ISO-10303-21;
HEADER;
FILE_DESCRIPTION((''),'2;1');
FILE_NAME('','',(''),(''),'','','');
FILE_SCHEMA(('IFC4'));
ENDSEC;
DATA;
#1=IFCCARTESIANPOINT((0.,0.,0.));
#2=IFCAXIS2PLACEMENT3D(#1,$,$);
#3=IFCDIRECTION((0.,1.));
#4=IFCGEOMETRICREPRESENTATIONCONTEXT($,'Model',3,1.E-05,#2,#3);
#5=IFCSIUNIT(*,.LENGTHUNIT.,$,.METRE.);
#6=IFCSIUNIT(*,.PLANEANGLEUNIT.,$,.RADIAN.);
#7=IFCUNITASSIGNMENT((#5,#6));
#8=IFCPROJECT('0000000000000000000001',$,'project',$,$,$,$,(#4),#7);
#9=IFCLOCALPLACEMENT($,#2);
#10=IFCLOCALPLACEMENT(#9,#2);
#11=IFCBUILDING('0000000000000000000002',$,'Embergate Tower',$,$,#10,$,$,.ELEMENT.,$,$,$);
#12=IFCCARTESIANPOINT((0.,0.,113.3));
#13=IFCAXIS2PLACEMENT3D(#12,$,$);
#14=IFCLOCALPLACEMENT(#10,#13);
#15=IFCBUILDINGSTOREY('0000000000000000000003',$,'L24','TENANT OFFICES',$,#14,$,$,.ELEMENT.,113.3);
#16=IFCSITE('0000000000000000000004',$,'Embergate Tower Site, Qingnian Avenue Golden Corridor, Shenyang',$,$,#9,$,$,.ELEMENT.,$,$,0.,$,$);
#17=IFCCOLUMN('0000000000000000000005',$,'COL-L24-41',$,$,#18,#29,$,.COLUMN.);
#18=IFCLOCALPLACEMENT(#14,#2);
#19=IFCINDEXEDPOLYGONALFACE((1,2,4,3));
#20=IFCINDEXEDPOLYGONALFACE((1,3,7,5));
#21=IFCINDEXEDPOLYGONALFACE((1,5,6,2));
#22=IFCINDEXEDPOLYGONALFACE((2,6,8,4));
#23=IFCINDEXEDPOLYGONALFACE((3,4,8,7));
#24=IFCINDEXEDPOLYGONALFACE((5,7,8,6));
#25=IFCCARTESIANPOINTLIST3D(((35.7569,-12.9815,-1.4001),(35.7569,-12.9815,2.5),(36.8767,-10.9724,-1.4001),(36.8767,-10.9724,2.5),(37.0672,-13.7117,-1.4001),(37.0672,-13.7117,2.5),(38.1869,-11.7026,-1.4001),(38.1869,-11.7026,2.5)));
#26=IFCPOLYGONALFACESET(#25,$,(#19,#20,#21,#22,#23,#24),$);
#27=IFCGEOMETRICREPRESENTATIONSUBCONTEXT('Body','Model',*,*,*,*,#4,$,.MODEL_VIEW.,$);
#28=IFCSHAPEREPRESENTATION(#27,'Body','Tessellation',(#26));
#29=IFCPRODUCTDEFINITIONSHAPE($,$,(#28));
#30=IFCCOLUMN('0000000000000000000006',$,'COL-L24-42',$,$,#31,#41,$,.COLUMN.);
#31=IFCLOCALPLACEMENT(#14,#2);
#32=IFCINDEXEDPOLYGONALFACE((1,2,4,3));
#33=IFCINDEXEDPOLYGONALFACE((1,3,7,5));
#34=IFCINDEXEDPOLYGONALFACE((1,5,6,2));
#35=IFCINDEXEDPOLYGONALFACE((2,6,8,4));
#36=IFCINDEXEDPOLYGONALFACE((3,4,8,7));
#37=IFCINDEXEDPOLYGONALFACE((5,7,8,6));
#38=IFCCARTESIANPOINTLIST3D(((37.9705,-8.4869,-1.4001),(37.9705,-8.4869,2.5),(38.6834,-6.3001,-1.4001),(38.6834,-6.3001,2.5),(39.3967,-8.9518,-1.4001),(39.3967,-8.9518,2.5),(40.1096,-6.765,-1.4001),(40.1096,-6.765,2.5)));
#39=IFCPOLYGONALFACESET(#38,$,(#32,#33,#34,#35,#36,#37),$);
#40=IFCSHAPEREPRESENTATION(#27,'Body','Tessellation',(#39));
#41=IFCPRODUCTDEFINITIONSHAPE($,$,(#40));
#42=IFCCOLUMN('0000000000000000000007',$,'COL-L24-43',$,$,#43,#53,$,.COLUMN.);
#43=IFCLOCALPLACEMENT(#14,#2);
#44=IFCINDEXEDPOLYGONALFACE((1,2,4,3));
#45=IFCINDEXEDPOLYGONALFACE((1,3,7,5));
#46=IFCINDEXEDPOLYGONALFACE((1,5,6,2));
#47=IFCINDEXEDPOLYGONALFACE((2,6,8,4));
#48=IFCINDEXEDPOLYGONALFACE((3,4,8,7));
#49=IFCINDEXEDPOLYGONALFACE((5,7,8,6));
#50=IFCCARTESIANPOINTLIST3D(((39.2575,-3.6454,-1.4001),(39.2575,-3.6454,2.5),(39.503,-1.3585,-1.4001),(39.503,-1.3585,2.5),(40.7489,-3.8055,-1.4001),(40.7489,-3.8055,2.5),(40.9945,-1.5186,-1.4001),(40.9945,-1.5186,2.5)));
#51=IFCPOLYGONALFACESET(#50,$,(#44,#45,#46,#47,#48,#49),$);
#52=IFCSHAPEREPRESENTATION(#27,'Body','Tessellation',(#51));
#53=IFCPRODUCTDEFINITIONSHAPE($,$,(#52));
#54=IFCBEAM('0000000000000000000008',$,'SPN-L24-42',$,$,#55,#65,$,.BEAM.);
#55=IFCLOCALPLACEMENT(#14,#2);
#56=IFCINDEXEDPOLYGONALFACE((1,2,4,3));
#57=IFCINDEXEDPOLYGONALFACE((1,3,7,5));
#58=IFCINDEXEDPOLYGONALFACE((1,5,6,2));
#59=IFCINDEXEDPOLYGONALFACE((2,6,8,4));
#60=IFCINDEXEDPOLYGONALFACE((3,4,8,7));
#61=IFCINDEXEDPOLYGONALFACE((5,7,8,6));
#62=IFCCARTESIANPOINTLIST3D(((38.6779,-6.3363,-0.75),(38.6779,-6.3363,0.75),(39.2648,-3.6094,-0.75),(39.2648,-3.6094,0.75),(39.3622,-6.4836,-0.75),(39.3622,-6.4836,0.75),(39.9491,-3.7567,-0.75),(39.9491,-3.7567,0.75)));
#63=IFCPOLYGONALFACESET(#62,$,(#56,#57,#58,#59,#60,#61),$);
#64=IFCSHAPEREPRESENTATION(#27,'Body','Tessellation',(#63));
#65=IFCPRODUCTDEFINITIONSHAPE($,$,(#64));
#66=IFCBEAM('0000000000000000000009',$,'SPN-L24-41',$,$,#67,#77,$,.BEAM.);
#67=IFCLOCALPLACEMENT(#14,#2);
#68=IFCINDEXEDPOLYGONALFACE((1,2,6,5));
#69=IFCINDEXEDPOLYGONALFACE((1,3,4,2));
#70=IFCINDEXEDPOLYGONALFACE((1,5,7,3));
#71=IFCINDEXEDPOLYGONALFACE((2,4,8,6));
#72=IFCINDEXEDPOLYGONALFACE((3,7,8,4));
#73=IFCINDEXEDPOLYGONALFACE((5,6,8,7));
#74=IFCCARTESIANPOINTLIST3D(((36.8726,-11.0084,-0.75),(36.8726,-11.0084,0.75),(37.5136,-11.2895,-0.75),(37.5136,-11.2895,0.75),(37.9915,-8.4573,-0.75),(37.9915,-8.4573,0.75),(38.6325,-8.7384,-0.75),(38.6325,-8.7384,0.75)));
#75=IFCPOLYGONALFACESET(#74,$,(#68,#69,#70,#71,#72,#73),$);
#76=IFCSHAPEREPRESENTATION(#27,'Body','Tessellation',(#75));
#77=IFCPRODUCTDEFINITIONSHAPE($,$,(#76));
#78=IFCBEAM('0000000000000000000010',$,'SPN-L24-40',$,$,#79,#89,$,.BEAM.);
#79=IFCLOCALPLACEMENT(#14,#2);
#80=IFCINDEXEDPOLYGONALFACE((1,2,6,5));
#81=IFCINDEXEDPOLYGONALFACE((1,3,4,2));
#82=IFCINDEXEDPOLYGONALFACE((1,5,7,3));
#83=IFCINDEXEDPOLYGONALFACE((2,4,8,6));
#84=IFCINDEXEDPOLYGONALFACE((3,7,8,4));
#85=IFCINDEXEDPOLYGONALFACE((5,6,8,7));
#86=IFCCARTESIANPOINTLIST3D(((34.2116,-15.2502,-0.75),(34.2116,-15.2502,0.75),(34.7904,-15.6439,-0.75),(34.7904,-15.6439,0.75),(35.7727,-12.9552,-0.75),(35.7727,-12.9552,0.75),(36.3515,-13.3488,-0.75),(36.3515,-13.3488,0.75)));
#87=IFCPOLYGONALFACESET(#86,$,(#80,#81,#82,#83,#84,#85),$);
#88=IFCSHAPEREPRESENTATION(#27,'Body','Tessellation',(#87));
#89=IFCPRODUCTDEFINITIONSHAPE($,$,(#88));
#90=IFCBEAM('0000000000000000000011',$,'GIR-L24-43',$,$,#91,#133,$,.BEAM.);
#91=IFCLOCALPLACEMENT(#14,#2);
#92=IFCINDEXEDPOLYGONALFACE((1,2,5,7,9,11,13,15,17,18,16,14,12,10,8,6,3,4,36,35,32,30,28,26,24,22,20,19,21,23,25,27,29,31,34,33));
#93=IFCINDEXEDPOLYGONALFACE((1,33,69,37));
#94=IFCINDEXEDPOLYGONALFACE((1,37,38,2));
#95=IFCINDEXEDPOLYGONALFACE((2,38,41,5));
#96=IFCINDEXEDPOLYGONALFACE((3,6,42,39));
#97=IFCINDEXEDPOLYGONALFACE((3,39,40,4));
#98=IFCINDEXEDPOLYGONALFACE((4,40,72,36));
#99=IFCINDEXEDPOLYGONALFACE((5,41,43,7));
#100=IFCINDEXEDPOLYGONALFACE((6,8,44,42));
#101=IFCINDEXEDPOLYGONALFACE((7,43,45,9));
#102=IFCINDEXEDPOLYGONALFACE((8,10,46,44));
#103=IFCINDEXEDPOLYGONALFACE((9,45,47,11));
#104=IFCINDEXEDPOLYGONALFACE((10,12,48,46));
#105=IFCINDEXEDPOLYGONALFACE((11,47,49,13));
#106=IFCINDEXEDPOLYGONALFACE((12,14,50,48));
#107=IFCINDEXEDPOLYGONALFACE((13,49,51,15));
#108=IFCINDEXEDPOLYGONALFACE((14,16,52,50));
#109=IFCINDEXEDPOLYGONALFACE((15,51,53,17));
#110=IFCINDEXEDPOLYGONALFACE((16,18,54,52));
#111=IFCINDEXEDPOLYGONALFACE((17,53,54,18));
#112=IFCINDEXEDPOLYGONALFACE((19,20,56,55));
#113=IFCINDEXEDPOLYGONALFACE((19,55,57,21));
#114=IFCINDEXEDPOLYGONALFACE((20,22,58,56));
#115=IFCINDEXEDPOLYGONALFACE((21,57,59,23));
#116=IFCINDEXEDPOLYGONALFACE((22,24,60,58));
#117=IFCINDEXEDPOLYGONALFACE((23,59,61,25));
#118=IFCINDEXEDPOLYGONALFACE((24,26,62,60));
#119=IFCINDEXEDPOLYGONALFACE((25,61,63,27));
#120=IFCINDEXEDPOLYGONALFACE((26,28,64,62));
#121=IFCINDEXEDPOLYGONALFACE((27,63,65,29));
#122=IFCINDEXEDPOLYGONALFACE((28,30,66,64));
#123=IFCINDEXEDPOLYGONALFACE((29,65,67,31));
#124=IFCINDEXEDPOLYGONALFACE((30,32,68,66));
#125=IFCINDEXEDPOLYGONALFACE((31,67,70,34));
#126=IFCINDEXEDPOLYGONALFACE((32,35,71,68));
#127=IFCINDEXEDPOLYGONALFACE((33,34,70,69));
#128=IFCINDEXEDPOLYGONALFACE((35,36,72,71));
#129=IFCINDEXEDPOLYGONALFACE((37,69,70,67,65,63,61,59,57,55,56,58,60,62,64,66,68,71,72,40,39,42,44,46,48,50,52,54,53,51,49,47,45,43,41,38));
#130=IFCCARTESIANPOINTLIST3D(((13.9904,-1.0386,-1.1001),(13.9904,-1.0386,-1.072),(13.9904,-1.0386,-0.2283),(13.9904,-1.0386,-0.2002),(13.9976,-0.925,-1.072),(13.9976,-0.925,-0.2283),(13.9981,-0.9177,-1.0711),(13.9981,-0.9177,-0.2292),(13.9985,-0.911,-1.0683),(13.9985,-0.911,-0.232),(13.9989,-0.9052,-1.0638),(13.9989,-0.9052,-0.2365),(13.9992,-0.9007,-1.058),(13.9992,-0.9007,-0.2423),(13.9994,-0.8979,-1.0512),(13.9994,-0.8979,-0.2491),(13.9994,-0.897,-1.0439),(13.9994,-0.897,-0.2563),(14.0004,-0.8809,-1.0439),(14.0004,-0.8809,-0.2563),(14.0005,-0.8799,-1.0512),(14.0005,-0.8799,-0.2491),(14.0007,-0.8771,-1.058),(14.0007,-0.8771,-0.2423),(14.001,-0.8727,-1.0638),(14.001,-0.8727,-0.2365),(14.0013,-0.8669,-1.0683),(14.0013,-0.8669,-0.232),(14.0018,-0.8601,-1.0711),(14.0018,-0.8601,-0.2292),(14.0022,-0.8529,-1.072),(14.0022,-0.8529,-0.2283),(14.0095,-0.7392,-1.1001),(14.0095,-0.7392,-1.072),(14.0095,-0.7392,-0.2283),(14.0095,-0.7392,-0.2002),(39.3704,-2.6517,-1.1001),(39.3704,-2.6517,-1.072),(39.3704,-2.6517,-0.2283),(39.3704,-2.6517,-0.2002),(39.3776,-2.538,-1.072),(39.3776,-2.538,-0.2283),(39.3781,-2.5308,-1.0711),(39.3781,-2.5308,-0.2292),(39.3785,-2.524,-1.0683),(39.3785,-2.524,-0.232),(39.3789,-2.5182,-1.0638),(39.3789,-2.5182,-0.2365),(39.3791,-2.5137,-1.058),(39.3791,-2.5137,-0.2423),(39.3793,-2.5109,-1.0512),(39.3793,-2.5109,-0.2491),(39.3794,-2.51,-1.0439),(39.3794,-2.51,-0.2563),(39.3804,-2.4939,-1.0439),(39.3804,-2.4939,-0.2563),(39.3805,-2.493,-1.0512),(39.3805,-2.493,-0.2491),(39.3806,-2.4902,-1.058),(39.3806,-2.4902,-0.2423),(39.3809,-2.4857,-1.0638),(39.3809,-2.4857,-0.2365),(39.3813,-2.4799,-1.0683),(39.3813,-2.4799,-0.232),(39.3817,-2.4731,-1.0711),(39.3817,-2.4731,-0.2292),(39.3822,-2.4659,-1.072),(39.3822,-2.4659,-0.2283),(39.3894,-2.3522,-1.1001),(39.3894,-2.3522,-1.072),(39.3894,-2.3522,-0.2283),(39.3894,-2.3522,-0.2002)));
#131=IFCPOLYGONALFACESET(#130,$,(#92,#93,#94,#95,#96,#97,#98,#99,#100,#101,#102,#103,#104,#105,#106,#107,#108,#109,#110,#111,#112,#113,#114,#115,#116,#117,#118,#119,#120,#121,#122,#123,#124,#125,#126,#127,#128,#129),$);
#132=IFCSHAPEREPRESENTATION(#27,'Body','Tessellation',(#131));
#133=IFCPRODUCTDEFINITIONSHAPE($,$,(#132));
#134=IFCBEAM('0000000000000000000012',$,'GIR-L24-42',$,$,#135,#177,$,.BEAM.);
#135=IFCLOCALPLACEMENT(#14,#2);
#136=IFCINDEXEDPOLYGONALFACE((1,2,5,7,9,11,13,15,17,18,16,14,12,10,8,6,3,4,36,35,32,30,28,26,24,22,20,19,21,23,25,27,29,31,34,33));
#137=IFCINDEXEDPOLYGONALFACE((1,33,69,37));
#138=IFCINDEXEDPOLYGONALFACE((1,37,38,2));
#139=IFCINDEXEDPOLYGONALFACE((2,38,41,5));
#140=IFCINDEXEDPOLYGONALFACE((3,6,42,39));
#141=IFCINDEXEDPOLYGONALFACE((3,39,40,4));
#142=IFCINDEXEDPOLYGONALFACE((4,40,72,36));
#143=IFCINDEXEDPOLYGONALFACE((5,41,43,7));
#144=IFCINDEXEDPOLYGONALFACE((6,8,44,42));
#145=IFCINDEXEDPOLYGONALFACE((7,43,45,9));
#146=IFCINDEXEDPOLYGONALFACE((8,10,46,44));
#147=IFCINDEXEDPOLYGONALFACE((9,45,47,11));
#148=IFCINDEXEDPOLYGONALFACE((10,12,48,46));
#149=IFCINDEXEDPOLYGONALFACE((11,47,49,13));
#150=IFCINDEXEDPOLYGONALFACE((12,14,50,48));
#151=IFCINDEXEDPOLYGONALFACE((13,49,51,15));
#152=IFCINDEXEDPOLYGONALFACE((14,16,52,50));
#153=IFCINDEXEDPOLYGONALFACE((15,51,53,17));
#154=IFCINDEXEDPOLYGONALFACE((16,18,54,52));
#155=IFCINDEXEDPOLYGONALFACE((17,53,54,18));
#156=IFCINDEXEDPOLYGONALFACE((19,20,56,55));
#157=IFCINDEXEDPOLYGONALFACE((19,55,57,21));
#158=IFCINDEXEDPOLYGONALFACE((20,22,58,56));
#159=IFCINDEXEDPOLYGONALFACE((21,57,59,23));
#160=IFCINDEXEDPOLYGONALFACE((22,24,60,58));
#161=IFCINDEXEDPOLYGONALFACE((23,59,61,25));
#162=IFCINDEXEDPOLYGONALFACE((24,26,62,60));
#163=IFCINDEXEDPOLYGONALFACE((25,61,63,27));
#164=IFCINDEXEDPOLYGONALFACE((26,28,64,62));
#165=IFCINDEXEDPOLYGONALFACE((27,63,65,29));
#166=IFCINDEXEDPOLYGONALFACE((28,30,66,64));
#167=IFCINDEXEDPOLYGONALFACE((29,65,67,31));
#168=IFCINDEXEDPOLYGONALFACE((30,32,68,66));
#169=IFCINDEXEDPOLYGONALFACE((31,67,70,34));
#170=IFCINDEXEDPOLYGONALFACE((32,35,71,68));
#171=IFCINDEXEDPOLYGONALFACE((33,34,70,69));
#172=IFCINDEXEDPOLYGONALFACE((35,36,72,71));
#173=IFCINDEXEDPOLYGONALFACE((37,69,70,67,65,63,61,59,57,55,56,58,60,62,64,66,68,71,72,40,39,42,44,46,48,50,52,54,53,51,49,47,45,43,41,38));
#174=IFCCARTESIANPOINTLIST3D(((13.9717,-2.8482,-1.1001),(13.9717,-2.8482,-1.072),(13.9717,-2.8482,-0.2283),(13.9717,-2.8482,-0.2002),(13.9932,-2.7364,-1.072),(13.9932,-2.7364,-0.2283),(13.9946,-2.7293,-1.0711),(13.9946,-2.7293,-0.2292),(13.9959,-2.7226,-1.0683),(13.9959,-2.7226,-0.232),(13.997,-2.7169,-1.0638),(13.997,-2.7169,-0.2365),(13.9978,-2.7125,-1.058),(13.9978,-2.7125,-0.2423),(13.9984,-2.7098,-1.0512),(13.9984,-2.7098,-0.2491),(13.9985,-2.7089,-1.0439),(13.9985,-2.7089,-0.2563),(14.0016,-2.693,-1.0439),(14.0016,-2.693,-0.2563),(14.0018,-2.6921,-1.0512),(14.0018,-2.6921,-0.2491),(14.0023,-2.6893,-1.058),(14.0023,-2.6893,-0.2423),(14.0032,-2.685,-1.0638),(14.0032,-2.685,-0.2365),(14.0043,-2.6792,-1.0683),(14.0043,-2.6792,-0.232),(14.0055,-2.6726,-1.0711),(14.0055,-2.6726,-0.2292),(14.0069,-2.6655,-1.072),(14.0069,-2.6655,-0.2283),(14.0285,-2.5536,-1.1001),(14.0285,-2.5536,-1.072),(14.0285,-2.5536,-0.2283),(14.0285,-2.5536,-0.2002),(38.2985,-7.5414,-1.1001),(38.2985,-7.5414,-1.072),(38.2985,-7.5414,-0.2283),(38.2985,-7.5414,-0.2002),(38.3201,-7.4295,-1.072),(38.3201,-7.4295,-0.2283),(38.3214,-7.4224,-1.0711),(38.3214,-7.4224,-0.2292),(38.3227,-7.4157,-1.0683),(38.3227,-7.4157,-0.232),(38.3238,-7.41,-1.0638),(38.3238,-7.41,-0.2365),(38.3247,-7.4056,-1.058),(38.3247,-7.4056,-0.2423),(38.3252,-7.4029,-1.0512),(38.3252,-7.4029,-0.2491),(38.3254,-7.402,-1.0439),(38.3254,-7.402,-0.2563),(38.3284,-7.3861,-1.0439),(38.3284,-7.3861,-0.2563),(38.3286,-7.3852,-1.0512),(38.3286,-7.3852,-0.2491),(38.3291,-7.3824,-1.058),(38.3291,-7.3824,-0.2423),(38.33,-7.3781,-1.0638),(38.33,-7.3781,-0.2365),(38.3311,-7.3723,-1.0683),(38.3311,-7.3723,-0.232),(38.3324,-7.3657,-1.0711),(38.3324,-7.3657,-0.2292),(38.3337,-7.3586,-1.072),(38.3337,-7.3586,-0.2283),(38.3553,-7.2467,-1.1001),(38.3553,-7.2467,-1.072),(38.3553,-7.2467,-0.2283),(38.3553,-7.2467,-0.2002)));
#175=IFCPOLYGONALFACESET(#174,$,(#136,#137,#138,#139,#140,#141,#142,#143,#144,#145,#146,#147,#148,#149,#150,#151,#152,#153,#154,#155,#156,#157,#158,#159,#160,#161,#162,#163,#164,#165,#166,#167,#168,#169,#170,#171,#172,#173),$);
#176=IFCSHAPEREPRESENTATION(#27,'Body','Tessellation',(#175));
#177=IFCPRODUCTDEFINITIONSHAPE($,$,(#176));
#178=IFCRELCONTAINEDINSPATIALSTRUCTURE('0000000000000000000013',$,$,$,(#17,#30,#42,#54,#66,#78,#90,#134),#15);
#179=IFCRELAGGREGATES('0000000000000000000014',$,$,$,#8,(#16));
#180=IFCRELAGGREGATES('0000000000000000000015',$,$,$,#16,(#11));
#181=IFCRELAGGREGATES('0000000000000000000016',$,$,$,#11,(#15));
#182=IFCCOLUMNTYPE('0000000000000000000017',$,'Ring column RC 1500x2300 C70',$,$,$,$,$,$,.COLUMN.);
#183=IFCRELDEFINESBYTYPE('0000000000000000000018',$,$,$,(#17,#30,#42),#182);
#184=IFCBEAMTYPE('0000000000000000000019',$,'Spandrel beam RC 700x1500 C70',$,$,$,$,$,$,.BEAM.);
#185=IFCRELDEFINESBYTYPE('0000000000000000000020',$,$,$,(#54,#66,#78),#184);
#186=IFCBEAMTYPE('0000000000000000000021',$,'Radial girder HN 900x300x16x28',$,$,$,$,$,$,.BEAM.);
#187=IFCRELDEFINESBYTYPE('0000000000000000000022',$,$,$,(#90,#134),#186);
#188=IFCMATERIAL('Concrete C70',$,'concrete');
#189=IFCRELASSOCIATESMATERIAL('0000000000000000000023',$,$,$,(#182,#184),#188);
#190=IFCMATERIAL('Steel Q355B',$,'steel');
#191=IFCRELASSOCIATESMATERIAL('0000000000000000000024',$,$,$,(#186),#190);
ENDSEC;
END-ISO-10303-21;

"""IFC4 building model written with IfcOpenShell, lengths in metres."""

from ifc_helpers import new_model, si_unit, direction, frame, origin, origin_2d, place, context, subcontext, project, spatial, rectangle, i_section, extrude, source, transform, mapped, material, material_profile, profile_set, type_object, element, save


model = new_model("IFC4")

# Units and contexts
model_context = context("Model", 3, precision=1e-05, world=origin(), true_north=direction((0.0, 1.0)))
body_context = subcontext(model_context, "Body", "Model", "MODEL_VIEW")
ifc_project = project(units=[si_unit("LENGTHUNIT", "METRE"), si_unit("PLANEANGLEUNIT", "RADIAN")], contexts=[model_context])

# Site, building, storey
site_placement = place(None, origin())
site = spatial("IfcSite", under=ifc_project, at=site_placement, Name="Embergate Tower Site, Qingnian Avenue Golden Corridor, Shenyang", CompositionType="ELEMENT", RefElevation=0.0)
building_placement = place(site_placement, origin())
building = spatial("IfcBuilding", under=site, at=building_placement, Name="Embergate Tower", CompositionType="ELEMENT")
storey_placement = place(building_placement, frame((0.0, 0.0, 113.3)))
storey = spatial("IfcBuildingStorey", under=building, at=storey_placement, Name="L24", Description="TENANT OFFICES", CompositionType="ELEMENT", Elevation=113.3)

# Columns
ifc_material_1 = material(Name="Concrete C70", Category="concrete")
ifc_material_profile_1 = material_profile(ifc_material_1, rectangle(XDim=1.5, YDim=2.3, at=origin_2d()), Name="RC 1500x2300")
ifc_profile_set_1 = profile_set([ifc_material_profile_1], Name="Concrete C70")
column_type = type_object("IfcColumnType", Name="Ring column RC 1500x2300 C70", PredefinedType="COLUMN", material=ifc_profile_set_1)
shared_shape_1 = source(origin(), body_context, "Body", "SweptSolid", [
    extrude(rectangle(XDim=1.5, YDim=2.3, at=origin_2d()), origin(), (0.0, 0.0, 1.0), 3.9001),
])
for number, where, z_axis, x_axis, name in (
    (1, (36.9719, -12.342, -1.4001), (0.0, 0.0, 1.0), (0.8735, -0.486823, 0.0), "COL-L24-41"),
    (2, (39.04, -7.626, -1.4001), (0.0, 0.0, 1.0), (0.950754, -0.309946, 0.0), "COL-L24-42"),
    (3, (40.126, -2.582, -1.4001), (0.0, 0.0, 1.0), (0.994286, -0.10675, 0.0), "COL-L24-43"),
):
    element("IfcColumn", number, at=place(storey_placement, frame(where, z_axis=z_axis, x_axis=x_axis)), inside=storey, type_object=column_type, Name=name, PredefinedType="COLUMN", context=body_context, shape_type="MappedRepresentation", body=[
        mapped(shared_shape_1, transform((0.0, 0.0, 0.0))),
    ])

# Beams
ifc_material_profile_2 = material_profile(ifc_material_1, rectangle(XDim=0.7, YDim=1.5, at=origin_2d()), Name="RC 700x1500")
ifc_profile_set_2 = profile_set([ifc_material_profile_2], Name="Concrete C70")
beam_type_1 = type_object("IfcBeamType", Name="Spandrel beam RC 700x1500 C70", PredefinedType="BEAM", material=ifc_profile_set_2)
shared_shape_2 = source(origin(), body_context, "Body", "SweptSolid", [
    extrude(rectangle(XDim=0.7, YDim=1.5, at=origin_2d()), origin(), (0.0, 0.0, 1.0), 2.7893),
])
beam_1_placement = place(storey_placement, frame((39.02, -6.4099, 0.0), z_axis=(0.21042, 0.977611, 0.0), x_axis=(-0.977611, 0.21042, 0.0)))
element("IfcBeam", 4, at=beam_1_placement, inside=storey, type_object=beam_type_1, Name="SPN-L24-42", PredefinedType="BEAM", context=body_context, shape_type="MappedRepresentation", body=[
    mapped(shared_shape_2, transform((0.0, 0.0, 0.0))),
])
shared_shape_3 = source(origin(), body_context, "Body", "SweptSolid", [
    extrude(rectangle(XDim=0.7, YDim=1.5, at=origin_2d()), origin(), (0.0, 0.0, 1.0), 2.7856),
])
beam_2_placement = place(storey_placement, frame((37.1931, -11.1489, 0.0), z_axis=(0.401669, 0.915785, 0.0), x_axis=(-0.915785, 0.401669, 0.0)))
element("IfcBeam", 5, at=beam_2_placement, inside=storey, type_object=beam_type_1, Name="SPN-L24-41", PredefinedType="BEAM", context=body_context, shape_type="MappedRepresentation", body=[
    mapped(shared_shape_3, transform((0.0, 0.0, 0.0))),
])
shared_shape_4 = source(origin(), body_context, "Body", "SweptSolid", [
    extrude(rectangle(XDim=0.7, YDim=1.5, at=origin_2d()), origin(), (0.0, 0.0, 1.0), 2.7756),
])
beam_3_placement = place(storey_placement, frame((34.501, -15.447, 0.0), z_axis=(0.56243, 0.826845, 0.0), x_axis=(-0.826845, 0.56243, 0.0)))
element("IfcBeam", 6, at=beam_3_placement, inside=storey, type_object=beam_type_1, Name="SPN-L24-40", PredefinedType="BEAM", context=body_context, shape_type="MappedRepresentation", body=[
    mapped(shared_shape_4, transform((0.0, 0.0, 0.0))),
])
ifc_material_2 = material(Name="Steel Q355B", Category="steel")
ifc_material_profile_3 = material_profile(ifc_material_2, i_section(OverallWidth=0.3, OverallDepth=0.8999, WebThickness=0.0161, FlangeThickness=0.0281, FilletRadius=0.0281, at=origin_2d()), Name="HN 900x300x16x28")
ifc_profile_set_3 = profile_set([ifc_material_profile_3], Name="Steel Q355 grade B")
beam_type_2 = type_object("IfcBeamType", Name="Radial girder HN 900x300x16x28", PredefinedType="BEAM", material=ifc_profile_set_3)
shared_shape_5 = source(origin(), body_context, "Body", "SweptSolid", [
    extrude(i_section(OverallWidth=0.3, OverallDepth=0.8999, WebThickness=0.0161, FlangeThickness=0.0281, FilletRadius=0.0281, at=origin_2d()), origin(), (0.0, 0.0, 1.0), 25.4312),
])
beam_4_placement = place(storey_placement, frame((39.3799, -2.502, -0.6501), z_axis=(-0.997986, 0.063428, 0.0), x_axis=(-0.063428, -0.997986, 0.0)))
element("IfcBeam", 7, at=beam_4_placement, inside=storey, type_object=beam_type_2, Name="GIR-L24-43", PredefinedType="BEAM", context=body_context, shape_type="MappedRepresentation", body=[
    mapped(shared_shape_5, transform((0.0, 0.0, 0.0))),
])
shared_shape_6 = source(origin(), body_context, "Body", "SweptSolid", [
    extrude(i_section(OverallWidth=0.3, OverallDepth=0.8999, WebThickness=0.0161, FlangeThickness=0.0281, FilletRadius=0.0281, at=origin_2d()), origin(), (0.0, 0.0, 1.0), 24.7754),
])
beam_5_placement = place(storey_placement, frame((38.3269, -7.394, -0.6501), z_axis=(-0.981895, 0.189426, 0.0), x_axis=(-0.189426, -0.981895, 0.0)))
element("IfcBeam", 8, at=beam_5_placement, inside=storey, type_object=beam_type_2, Name="GIR-L24-42", PredefinedType="BEAM", context=body_context, shape_type="MappedRepresentation", body=[
    mapped(shared_shape_6, transform((0.0, 0.0, 0.0))),
])

save(model, "model.ifc")
